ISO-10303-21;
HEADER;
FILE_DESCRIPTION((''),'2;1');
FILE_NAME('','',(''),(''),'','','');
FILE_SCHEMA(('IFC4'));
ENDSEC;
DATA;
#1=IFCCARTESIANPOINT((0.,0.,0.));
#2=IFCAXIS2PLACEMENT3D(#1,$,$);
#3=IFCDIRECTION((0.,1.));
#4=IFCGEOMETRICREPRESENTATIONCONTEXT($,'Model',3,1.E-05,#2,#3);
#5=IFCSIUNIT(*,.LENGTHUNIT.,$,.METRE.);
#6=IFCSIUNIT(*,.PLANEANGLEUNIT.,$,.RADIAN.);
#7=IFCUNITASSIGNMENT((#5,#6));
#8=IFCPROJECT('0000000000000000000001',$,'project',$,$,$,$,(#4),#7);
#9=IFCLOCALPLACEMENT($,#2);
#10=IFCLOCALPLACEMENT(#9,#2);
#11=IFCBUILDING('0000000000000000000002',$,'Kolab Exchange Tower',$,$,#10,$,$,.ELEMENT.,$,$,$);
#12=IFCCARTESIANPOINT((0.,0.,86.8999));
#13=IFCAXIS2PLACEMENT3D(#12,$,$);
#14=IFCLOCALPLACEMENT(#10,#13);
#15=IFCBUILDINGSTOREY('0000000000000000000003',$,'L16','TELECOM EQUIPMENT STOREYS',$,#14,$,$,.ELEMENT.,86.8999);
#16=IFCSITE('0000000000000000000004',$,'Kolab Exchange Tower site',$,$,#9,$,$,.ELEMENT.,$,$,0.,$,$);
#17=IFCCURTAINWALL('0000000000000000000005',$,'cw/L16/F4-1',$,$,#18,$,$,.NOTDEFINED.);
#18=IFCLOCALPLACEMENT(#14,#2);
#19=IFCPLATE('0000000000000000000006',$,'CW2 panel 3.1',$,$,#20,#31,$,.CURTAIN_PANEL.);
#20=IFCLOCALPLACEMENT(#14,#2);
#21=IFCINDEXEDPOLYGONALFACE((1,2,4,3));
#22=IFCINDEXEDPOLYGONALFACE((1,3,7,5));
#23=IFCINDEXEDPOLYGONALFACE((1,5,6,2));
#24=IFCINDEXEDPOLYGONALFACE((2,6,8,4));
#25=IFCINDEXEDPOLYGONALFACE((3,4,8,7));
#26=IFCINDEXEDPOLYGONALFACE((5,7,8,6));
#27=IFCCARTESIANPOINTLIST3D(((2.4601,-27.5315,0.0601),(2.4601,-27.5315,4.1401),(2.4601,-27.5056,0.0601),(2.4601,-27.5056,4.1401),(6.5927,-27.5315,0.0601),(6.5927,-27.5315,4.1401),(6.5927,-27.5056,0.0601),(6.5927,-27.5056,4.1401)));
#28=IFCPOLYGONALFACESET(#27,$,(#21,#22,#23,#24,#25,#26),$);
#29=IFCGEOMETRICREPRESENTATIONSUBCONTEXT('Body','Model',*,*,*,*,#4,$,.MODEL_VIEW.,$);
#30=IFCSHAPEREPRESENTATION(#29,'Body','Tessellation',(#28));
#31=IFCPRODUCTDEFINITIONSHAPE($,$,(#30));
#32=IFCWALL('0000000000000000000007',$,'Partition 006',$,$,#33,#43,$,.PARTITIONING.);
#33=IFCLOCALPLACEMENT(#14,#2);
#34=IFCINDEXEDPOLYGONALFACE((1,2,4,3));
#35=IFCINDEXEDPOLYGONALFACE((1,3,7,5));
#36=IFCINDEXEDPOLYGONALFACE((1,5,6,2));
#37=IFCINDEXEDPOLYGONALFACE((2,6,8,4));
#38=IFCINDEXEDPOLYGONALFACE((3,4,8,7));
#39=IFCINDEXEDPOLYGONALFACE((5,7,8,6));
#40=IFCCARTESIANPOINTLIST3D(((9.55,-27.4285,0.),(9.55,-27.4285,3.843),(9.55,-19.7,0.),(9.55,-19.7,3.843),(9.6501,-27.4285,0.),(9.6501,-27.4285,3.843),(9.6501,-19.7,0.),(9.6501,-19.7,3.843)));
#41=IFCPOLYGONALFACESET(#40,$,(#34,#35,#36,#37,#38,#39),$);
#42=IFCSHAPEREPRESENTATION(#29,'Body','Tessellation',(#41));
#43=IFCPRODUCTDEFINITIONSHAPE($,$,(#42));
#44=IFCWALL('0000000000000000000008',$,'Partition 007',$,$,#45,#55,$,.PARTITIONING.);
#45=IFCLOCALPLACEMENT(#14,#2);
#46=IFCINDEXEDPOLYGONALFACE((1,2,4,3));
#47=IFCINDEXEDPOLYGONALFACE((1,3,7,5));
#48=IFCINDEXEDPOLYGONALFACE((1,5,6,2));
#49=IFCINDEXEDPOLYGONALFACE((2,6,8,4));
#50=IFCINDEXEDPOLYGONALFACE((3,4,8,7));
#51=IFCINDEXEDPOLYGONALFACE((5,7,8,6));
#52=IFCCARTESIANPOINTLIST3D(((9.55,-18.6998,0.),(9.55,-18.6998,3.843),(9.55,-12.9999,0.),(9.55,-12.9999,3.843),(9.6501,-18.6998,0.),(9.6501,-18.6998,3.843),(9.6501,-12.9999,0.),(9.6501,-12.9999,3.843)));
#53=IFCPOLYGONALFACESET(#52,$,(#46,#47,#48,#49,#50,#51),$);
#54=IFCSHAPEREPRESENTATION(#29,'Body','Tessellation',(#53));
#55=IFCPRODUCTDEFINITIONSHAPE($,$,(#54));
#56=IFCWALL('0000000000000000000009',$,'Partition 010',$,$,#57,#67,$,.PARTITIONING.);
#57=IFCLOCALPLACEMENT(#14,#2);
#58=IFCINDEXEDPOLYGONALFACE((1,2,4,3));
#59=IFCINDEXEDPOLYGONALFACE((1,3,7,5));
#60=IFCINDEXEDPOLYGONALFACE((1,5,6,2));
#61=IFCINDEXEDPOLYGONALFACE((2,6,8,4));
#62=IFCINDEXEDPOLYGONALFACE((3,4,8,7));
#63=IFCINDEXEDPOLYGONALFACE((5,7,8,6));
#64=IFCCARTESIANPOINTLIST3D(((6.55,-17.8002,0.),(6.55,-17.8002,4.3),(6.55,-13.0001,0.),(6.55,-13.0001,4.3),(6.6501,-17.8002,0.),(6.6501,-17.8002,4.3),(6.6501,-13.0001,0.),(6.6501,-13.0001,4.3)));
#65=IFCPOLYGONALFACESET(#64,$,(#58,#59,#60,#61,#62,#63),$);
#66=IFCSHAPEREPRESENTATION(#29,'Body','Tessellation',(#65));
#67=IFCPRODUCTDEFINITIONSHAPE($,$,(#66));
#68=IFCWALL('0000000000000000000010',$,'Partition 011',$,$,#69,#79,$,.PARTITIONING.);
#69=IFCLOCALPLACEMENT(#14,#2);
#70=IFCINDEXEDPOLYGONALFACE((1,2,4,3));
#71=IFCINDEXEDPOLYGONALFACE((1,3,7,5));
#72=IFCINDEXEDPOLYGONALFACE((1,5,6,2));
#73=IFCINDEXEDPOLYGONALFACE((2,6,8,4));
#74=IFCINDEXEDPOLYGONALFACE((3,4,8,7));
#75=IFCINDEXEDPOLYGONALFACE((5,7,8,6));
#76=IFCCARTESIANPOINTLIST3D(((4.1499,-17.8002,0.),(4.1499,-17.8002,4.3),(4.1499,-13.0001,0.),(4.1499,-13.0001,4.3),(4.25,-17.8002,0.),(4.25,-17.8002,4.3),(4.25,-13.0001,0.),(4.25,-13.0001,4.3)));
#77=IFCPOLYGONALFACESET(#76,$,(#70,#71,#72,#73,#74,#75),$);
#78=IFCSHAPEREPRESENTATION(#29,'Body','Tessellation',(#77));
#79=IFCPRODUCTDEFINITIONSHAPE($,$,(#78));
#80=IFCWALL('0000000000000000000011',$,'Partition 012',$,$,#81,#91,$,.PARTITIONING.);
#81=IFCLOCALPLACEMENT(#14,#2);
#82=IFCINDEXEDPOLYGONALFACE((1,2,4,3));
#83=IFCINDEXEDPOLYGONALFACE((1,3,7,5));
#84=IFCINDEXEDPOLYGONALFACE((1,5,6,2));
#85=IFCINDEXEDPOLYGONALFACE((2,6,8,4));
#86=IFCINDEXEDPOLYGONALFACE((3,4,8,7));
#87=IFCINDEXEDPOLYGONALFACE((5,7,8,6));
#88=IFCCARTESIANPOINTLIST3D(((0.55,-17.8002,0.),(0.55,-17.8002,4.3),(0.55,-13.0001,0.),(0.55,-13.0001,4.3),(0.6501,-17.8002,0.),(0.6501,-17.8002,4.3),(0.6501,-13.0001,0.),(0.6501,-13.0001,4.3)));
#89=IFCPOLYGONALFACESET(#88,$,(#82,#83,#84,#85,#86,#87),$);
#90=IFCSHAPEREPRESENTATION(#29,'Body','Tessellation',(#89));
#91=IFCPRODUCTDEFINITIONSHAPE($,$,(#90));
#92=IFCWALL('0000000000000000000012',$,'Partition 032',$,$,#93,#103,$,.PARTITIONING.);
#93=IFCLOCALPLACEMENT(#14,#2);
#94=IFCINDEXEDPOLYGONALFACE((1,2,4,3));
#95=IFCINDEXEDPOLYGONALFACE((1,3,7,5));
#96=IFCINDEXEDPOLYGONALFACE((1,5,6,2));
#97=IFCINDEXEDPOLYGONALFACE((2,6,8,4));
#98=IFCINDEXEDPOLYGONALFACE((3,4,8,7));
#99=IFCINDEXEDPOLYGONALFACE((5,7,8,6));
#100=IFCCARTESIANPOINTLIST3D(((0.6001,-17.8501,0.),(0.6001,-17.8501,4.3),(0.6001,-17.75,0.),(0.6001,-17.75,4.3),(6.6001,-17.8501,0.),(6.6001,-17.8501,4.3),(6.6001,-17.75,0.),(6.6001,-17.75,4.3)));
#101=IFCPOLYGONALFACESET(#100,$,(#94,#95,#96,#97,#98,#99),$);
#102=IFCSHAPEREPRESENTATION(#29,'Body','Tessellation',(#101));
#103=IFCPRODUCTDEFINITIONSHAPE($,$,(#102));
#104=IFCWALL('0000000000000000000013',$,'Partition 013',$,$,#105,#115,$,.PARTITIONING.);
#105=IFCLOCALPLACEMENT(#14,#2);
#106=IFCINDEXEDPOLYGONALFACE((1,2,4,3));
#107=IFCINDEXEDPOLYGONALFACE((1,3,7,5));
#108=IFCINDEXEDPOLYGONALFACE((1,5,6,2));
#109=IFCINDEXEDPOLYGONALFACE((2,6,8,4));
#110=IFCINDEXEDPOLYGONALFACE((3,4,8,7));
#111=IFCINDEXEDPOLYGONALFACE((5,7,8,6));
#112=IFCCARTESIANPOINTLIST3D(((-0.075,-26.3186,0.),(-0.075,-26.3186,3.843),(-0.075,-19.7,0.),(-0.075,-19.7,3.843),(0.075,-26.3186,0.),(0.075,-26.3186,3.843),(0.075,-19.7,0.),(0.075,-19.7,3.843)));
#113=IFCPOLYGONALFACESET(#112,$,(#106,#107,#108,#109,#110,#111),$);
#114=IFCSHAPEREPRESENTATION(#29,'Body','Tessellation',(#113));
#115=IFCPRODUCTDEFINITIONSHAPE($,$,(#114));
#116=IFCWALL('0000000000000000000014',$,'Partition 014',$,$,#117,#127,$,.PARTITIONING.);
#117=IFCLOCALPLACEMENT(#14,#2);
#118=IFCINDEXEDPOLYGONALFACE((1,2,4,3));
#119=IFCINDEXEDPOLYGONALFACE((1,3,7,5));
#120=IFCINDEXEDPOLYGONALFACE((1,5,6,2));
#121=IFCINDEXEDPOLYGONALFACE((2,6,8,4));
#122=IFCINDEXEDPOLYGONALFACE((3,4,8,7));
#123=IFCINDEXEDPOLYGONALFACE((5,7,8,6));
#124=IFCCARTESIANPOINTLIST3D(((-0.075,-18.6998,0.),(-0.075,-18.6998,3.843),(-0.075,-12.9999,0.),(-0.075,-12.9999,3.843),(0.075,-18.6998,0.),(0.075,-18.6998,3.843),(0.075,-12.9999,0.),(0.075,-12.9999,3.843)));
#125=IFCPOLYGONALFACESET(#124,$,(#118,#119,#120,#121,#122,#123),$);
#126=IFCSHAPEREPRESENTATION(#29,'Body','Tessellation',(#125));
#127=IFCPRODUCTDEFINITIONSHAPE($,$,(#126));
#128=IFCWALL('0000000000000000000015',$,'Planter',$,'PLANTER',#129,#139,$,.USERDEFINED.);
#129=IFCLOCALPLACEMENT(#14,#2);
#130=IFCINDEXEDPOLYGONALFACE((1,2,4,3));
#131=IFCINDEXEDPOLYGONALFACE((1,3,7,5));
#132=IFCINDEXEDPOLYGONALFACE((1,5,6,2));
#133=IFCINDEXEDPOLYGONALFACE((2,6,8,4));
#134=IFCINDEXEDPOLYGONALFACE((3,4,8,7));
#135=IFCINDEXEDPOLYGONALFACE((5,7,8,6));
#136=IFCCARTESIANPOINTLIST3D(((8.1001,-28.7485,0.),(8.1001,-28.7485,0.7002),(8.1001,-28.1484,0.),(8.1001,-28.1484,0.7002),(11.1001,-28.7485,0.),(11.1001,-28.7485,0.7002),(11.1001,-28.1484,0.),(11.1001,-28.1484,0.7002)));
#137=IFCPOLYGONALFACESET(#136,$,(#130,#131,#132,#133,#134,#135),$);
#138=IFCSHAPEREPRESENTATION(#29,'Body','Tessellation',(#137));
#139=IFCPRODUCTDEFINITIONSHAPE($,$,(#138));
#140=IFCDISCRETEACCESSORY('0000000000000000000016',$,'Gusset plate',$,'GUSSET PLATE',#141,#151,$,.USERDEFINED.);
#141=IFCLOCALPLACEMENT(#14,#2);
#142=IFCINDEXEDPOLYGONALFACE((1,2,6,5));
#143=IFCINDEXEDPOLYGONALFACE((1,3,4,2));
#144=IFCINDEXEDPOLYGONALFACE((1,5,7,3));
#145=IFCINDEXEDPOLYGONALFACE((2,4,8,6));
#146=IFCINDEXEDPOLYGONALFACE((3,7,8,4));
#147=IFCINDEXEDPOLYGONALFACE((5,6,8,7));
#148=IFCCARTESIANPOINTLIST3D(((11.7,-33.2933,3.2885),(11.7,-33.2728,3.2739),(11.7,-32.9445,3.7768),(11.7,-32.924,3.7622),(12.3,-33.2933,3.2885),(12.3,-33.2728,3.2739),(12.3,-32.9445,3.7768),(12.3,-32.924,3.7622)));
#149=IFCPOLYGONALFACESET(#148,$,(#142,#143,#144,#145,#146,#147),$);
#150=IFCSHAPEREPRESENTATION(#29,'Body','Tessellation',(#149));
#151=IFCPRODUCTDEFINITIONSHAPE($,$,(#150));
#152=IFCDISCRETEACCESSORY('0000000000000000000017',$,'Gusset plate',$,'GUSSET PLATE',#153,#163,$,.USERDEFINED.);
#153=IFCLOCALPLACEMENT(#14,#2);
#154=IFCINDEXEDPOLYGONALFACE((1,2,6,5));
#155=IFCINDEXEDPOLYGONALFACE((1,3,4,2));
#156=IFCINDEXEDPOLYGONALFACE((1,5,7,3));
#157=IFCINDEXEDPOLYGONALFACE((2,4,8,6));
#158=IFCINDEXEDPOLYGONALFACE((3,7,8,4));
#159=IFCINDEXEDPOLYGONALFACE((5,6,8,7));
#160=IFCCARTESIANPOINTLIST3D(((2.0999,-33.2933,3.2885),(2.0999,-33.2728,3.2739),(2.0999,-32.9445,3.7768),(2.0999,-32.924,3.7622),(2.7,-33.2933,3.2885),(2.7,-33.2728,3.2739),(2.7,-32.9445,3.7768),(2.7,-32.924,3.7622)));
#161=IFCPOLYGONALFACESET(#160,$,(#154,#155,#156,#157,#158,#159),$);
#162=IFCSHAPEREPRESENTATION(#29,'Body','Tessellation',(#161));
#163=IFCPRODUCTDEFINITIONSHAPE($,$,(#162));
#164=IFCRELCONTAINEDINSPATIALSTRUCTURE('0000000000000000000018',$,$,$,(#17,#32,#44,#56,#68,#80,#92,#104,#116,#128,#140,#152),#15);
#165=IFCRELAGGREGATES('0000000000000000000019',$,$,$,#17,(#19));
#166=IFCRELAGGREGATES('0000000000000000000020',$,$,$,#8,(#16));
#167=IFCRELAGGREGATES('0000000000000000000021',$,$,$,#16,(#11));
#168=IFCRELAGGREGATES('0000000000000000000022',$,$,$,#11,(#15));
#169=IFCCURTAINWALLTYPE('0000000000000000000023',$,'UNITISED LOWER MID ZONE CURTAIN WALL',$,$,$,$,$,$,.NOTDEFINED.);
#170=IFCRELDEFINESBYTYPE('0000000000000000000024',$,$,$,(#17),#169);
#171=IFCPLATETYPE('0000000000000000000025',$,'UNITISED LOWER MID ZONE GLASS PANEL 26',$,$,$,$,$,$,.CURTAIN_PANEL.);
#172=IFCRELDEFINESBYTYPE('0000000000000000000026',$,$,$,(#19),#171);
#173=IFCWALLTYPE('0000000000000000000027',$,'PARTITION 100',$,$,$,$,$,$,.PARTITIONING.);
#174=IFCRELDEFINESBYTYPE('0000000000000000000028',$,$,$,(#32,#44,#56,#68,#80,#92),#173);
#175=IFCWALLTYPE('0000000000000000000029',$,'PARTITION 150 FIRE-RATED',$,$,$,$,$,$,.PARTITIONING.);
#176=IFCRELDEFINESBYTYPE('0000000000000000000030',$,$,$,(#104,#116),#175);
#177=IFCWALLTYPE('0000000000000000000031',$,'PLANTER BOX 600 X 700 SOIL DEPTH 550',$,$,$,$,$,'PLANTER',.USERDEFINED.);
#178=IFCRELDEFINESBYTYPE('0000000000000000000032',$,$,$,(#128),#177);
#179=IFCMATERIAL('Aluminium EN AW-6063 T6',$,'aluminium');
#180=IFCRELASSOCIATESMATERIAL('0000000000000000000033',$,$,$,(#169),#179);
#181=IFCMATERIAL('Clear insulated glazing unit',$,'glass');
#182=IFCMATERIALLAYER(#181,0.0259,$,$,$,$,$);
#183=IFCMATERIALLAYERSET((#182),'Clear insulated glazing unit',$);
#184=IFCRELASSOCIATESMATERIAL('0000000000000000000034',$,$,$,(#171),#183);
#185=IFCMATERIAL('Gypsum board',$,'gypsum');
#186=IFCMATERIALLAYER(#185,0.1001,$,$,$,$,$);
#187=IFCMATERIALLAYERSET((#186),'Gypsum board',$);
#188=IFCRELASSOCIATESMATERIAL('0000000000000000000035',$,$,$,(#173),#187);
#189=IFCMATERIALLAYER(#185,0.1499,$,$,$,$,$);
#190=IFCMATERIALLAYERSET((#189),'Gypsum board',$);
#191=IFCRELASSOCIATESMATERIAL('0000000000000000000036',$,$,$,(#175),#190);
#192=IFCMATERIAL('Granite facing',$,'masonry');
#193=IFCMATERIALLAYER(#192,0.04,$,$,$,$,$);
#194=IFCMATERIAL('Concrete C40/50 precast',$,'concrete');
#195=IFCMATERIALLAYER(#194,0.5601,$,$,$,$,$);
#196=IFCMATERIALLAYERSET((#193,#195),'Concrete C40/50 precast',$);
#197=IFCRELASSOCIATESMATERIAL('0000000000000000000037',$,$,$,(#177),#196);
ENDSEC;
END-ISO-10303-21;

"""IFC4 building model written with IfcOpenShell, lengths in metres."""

from ifc_helpers import new_model, si_unit, direction, frame, frame_2d, origin, origin_2d, place, context, subcontext, project, spatial, rectangle, extrude, material, layer, layer_set, type_object, element, aggregate, save


model = new_model("IFC4")

# Units and contexts
model_context = context("Model", 3, precision=1e-05, world=origin(), true_north=direction((0.0, 1.0)))
body_context = subcontext(model_context, "Body", "Model", "MODEL_VIEW")
ifc_project = project(units=[si_unit("LENGTHUNIT", "METRE"), si_unit("PLANEANGLEUNIT", "RADIAN")], contexts=[model_context])

# Site, building, storey
site_placement = place(None, origin())
site = spatial("IfcSite", under=ifc_project, at=site_placement, Name="Kolab Exchange Tower site", CompositionType="ELEMENT", RefElevation=0.0)
building_placement = place(site_placement, origin())
building = spatial("IfcBuilding", under=site, at=building_placement, Name="Kolab Exchange Tower", CompositionType="ELEMENT")
storey_placement = place(building_placement, frame((0.0, 0.0, 86.8999)))
storey = spatial("IfcBuildingStorey", under=building, at=storey_placement, Name="L16", Description="TELECOM EQUIPMENT STOREYS", CompositionType="ELEMENT", Elevation=86.8999)

# Curtain wall, plate
ifc_material_1 = material(Name="Aluminium EN AW-6063 T6", Category="aluminium")
curtain_wall_type = type_object("IfcCurtainWallType", Name="UNITISED LOWER MID ZONE CURTAIN WALL", PredefinedType="NOTDEFINED", material=ifc_material_1)
curtain_wall_placement = place(storey_placement, origin())
curtain_wall = element("IfcCurtainWall", 1, at=curtain_wall_placement, inside=storey, type_object=curtain_wall_type, Name="cw/L16/F4-1", PredefinedType="NOTDEFINED")
ifc_material_2 = material(Name="Clear insulated glazing unit", Category="glass")
ifc_layer_1 = layer(ifc_material_2, 0.0259)
ifc_layer_set_1 = layer_set([ifc_layer_1], Name="Clear insulated glazing unit")
plate_type = type_object("IfcPlateType", Name="UNITISED LOWER MID ZONE GLASS PANEL 26", PredefinedType="CURTAIN_PANEL", material=ifc_layer_set_1)
plate_1_placement = place(storey_placement, frame((4.5264, -27.5186, 0.0601), z_axis=(0.0, 0.0, 1.0), x_axis=(-1.0, 0.0, 0.0)))
plate_1 = element("IfcPlate", 2, at=plate_1_placement, type_object=plate_type, Name="CW2 panel 3.1", PredefinedType="CURTAIN_PANEL", context=body_context, shape_type="SweptSolid", body=[
    extrude(rectangle(XDim=4.1326, YDim=0.0259, at=origin_2d()), origin(), (0.0, 0.0, 1.0), 4.0801),
])
aggregate(curtain_wall, [plate_1])

# Walls
ifc_material_3 = material(Name="Gypsum board", Category="gypsum")
ifc_layer_2 = layer(ifc_material_3, 0.1001)
ifc_layer_set_2 = layer_set([ifc_layer_2], Name="Gypsum board")
wall_type_1 = type_object("IfcWallType", Name="PARTITION 100", PredefinedType="PARTITIONING", material=ifc_layer_set_2)
wall_1_placement = place(storey_placement, frame((9.6001, -27.4285, 0.0), z_axis=(0.0, 0.0, 1.0), x_axis=(0.0, 1.0, 0.0)))
element("IfcWall", 3, at=wall_1_placement, inside=storey, type_object=wall_type_1, Name="Partition 006", PredefinedType="PARTITIONING", context=body_context, shape_type="SweptSolid", body=[
    extrude(rectangle(XDim=7.7285, YDim=0.1001, at=frame_2d((3.8643, 0.0))), origin(), (0.0, 0.0, 1.0), 3.843),
])
wall_2_placement = place(storey_placement, frame((9.6001, -18.7, 0.0), z_axis=(0.0, 0.0, 1.0), x_axis=(0.0, 1.0, 0.0)))
element("IfcWall", 4, at=wall_2_placement, inside=storey, type_object=wall_type_1, Name="Partition 007", PredefinedType="PARTITIONING", context=body_context, shape_type="SweptSolid", body=[
    extrude(rectangle(XDim=5.7, YDim=0.1001, at=frame_2d((2.8501, 0.0))), origin(), (0.0, 0.0, 1.0), 3.843),
])
for number, where, z_axis, x_axis, name in (
    (5, (6.6001, -17.8, 0.0), (0.0, 0.0, 1.0), (0.0, 1.0, 0.0), "Partition 010"),
    (6, (4.2, -17.8, 0.0), (0.0, 0.0, 1.0), (0.0, 1.0, 0.0), "Partition 011"),
    (7, (0.6001, -17.8, 0.0), (0.0, 0.0, 1.0), (0.0, 1.0, 0.0), "Partition 012"),
):
    element("IfcWall", number, at=place(storey_placement, frame(where, z_axis=z_axis, x_axis=x_axis)), inside=storey, type_object=wall_type_1, Name=name, PredefinedType="PARTITIONING", context=body_context, shape_type="SweptSolid", body=[
        extrude(rectangle(XDim=4.8, YDim=0.1001, at=frame_2d((2.3999, 0.0))), origin(), (0.0, 0.0, 1.0), 4.3),
    ])
wall_3_placement = place(storey_placement, frame((0.6001, -17.8, 0.0), z_axis=(0.0, 0.0, 1.0), x_axis=(1.0, 0.0, 0.0)))
element("IfcWall", 8, at=wall_3_placement, inside=storey, type_object=wall_type_1, Name="Partition 032", PredefinedType="PARTITIONING", context=body_context, shape_type="SweptSolid", body=[
    extrude(rectangle(XDim=6.0, YDim=0.1001, at=frame_2d((3.0, 0.0))), origin(), (0.0, 0.0, 1.0), 4.3),
])
ifc_layer_3 = layer(ifc_material_3, 0.1499)
ifc_layer_set_3 = layer_set([ifc_layer_3], Name="Gypsum board")
wall_type_2 = type_object("IfcWallType", Name="PARTITION 150 FIRE-RATED", PredefinedType="PARTITIONING", material=ifc_layer_set_3)
wall_4_placement = place(storey_placement, frame((0.0, -26.3186, 0.0), z_axis=(0.0, 0.0, 1.0), x_axis=(0.0, 1.0, 0.0)))
element("IfcWall", 9, at=wall_4_placement, inside=storey, type_object=wall_type_2, Name="Partition 013", PredefinedType="PARTITIONING", context=body_context, shape_type="SweptSolid", body=[
    extrude(rectangle(XDim=6.6187, YDim=0.1499, at=frame_2d((3.3093, 0.0))), origin(), (0.0, 0.0, 1.0), 3.843),
])
wall_5_placement = place(storey_placement, frame((0.0, -18.7, 0.0), z_axis=(0.0, 0.0, 1.0), x_axis=(0.0, 1.0, 0.0)))
element("IfcWall", 10, at=wall_5_placement, inside=storey, type_object=wall_type_2, Name="Partition 014", PredefinedType="PARTITIONING", context=body_context, shape_type="SweptSolid", body=[
    extrude(rectangle(XDim=5.7, YDim=0.1499, at=frame_2d((2.8501, 0.0))), origin(), (0.0, 0.0, 1.0), 3.843),
])
ifc_material_4 = material(Name="Granite facing", Category="masonry")
ifc_layer_4 = layer(ifc_material_4, 0.04)
ifc_material_5 = material(Name="Concrete C40/50 precast", Category="concrete")
ifc_layer_5 = layer(ifc_material_5, 0.5601)
ifc_layer_set_4 = layer_set([ifc_layer_4, ifc_layer_5], Name="Concrete C40/50 precast")
wall_type_3 = type_object("IfcWallType", Name="PLANTER BOX 600 X 700 SOIL DEPTH 550", ElementType="PLANTER", PredefinedType="USERDEFINED", material=ifc_layer_set_4)
wall_6_placement = place(storey_placement, frame((11.1001, -28.4485, 0.0), z_axis=(0.0, 0.0, 1.0), x_axis=(-1.0, 0.0, 0.0)))
element("IfcWall", 11, at=wall_6_placement, inside=storey, type_object=wall_type_3, Name="Planter", ObjectType="PLANTER", PredefinedType="USERDEFINED", context=body_context, shape_type="SweptSolid", body=[
    extrude(rectangle(XDim=3.0, YDim=0.6001, at=frame_2d((1.5, 0.0))), origin(), (0.0, 0.0, 1.0), 0.7002),
])

# Discrete accessories
for number, where, z_axis, x_axis, name in (
    (12, (12.0, -33.0984, 3.5181), (0.0, -0.813733, 0.581238), (1.0, 0.0, 0.0), "Gusset plate"),
    (13, (2.3999, -33.0984, 3.5181), (0.0, -0.813733, 0.581238), (1.0, 0.0, 0.0), "Gusset plate"),
):
    element("IfcDiscreteAccessory", number, at=place(storey_placement, frame(where, z_axis=z_axis, x_axis=x_axis)), inside=storey, Name=name, ObjectType="GUSSET PLATE", PredefinedType="USERDEFINED", context=body_context, shape_type="SweptSolid", body=[
        extrude(rectangle(XDim=0.6001, YDim=0.6001, at=origin_2d()), origin(), (0.0, 0.0, 1.0), 0.0251),
    ])

save(model, "model.ifc")
